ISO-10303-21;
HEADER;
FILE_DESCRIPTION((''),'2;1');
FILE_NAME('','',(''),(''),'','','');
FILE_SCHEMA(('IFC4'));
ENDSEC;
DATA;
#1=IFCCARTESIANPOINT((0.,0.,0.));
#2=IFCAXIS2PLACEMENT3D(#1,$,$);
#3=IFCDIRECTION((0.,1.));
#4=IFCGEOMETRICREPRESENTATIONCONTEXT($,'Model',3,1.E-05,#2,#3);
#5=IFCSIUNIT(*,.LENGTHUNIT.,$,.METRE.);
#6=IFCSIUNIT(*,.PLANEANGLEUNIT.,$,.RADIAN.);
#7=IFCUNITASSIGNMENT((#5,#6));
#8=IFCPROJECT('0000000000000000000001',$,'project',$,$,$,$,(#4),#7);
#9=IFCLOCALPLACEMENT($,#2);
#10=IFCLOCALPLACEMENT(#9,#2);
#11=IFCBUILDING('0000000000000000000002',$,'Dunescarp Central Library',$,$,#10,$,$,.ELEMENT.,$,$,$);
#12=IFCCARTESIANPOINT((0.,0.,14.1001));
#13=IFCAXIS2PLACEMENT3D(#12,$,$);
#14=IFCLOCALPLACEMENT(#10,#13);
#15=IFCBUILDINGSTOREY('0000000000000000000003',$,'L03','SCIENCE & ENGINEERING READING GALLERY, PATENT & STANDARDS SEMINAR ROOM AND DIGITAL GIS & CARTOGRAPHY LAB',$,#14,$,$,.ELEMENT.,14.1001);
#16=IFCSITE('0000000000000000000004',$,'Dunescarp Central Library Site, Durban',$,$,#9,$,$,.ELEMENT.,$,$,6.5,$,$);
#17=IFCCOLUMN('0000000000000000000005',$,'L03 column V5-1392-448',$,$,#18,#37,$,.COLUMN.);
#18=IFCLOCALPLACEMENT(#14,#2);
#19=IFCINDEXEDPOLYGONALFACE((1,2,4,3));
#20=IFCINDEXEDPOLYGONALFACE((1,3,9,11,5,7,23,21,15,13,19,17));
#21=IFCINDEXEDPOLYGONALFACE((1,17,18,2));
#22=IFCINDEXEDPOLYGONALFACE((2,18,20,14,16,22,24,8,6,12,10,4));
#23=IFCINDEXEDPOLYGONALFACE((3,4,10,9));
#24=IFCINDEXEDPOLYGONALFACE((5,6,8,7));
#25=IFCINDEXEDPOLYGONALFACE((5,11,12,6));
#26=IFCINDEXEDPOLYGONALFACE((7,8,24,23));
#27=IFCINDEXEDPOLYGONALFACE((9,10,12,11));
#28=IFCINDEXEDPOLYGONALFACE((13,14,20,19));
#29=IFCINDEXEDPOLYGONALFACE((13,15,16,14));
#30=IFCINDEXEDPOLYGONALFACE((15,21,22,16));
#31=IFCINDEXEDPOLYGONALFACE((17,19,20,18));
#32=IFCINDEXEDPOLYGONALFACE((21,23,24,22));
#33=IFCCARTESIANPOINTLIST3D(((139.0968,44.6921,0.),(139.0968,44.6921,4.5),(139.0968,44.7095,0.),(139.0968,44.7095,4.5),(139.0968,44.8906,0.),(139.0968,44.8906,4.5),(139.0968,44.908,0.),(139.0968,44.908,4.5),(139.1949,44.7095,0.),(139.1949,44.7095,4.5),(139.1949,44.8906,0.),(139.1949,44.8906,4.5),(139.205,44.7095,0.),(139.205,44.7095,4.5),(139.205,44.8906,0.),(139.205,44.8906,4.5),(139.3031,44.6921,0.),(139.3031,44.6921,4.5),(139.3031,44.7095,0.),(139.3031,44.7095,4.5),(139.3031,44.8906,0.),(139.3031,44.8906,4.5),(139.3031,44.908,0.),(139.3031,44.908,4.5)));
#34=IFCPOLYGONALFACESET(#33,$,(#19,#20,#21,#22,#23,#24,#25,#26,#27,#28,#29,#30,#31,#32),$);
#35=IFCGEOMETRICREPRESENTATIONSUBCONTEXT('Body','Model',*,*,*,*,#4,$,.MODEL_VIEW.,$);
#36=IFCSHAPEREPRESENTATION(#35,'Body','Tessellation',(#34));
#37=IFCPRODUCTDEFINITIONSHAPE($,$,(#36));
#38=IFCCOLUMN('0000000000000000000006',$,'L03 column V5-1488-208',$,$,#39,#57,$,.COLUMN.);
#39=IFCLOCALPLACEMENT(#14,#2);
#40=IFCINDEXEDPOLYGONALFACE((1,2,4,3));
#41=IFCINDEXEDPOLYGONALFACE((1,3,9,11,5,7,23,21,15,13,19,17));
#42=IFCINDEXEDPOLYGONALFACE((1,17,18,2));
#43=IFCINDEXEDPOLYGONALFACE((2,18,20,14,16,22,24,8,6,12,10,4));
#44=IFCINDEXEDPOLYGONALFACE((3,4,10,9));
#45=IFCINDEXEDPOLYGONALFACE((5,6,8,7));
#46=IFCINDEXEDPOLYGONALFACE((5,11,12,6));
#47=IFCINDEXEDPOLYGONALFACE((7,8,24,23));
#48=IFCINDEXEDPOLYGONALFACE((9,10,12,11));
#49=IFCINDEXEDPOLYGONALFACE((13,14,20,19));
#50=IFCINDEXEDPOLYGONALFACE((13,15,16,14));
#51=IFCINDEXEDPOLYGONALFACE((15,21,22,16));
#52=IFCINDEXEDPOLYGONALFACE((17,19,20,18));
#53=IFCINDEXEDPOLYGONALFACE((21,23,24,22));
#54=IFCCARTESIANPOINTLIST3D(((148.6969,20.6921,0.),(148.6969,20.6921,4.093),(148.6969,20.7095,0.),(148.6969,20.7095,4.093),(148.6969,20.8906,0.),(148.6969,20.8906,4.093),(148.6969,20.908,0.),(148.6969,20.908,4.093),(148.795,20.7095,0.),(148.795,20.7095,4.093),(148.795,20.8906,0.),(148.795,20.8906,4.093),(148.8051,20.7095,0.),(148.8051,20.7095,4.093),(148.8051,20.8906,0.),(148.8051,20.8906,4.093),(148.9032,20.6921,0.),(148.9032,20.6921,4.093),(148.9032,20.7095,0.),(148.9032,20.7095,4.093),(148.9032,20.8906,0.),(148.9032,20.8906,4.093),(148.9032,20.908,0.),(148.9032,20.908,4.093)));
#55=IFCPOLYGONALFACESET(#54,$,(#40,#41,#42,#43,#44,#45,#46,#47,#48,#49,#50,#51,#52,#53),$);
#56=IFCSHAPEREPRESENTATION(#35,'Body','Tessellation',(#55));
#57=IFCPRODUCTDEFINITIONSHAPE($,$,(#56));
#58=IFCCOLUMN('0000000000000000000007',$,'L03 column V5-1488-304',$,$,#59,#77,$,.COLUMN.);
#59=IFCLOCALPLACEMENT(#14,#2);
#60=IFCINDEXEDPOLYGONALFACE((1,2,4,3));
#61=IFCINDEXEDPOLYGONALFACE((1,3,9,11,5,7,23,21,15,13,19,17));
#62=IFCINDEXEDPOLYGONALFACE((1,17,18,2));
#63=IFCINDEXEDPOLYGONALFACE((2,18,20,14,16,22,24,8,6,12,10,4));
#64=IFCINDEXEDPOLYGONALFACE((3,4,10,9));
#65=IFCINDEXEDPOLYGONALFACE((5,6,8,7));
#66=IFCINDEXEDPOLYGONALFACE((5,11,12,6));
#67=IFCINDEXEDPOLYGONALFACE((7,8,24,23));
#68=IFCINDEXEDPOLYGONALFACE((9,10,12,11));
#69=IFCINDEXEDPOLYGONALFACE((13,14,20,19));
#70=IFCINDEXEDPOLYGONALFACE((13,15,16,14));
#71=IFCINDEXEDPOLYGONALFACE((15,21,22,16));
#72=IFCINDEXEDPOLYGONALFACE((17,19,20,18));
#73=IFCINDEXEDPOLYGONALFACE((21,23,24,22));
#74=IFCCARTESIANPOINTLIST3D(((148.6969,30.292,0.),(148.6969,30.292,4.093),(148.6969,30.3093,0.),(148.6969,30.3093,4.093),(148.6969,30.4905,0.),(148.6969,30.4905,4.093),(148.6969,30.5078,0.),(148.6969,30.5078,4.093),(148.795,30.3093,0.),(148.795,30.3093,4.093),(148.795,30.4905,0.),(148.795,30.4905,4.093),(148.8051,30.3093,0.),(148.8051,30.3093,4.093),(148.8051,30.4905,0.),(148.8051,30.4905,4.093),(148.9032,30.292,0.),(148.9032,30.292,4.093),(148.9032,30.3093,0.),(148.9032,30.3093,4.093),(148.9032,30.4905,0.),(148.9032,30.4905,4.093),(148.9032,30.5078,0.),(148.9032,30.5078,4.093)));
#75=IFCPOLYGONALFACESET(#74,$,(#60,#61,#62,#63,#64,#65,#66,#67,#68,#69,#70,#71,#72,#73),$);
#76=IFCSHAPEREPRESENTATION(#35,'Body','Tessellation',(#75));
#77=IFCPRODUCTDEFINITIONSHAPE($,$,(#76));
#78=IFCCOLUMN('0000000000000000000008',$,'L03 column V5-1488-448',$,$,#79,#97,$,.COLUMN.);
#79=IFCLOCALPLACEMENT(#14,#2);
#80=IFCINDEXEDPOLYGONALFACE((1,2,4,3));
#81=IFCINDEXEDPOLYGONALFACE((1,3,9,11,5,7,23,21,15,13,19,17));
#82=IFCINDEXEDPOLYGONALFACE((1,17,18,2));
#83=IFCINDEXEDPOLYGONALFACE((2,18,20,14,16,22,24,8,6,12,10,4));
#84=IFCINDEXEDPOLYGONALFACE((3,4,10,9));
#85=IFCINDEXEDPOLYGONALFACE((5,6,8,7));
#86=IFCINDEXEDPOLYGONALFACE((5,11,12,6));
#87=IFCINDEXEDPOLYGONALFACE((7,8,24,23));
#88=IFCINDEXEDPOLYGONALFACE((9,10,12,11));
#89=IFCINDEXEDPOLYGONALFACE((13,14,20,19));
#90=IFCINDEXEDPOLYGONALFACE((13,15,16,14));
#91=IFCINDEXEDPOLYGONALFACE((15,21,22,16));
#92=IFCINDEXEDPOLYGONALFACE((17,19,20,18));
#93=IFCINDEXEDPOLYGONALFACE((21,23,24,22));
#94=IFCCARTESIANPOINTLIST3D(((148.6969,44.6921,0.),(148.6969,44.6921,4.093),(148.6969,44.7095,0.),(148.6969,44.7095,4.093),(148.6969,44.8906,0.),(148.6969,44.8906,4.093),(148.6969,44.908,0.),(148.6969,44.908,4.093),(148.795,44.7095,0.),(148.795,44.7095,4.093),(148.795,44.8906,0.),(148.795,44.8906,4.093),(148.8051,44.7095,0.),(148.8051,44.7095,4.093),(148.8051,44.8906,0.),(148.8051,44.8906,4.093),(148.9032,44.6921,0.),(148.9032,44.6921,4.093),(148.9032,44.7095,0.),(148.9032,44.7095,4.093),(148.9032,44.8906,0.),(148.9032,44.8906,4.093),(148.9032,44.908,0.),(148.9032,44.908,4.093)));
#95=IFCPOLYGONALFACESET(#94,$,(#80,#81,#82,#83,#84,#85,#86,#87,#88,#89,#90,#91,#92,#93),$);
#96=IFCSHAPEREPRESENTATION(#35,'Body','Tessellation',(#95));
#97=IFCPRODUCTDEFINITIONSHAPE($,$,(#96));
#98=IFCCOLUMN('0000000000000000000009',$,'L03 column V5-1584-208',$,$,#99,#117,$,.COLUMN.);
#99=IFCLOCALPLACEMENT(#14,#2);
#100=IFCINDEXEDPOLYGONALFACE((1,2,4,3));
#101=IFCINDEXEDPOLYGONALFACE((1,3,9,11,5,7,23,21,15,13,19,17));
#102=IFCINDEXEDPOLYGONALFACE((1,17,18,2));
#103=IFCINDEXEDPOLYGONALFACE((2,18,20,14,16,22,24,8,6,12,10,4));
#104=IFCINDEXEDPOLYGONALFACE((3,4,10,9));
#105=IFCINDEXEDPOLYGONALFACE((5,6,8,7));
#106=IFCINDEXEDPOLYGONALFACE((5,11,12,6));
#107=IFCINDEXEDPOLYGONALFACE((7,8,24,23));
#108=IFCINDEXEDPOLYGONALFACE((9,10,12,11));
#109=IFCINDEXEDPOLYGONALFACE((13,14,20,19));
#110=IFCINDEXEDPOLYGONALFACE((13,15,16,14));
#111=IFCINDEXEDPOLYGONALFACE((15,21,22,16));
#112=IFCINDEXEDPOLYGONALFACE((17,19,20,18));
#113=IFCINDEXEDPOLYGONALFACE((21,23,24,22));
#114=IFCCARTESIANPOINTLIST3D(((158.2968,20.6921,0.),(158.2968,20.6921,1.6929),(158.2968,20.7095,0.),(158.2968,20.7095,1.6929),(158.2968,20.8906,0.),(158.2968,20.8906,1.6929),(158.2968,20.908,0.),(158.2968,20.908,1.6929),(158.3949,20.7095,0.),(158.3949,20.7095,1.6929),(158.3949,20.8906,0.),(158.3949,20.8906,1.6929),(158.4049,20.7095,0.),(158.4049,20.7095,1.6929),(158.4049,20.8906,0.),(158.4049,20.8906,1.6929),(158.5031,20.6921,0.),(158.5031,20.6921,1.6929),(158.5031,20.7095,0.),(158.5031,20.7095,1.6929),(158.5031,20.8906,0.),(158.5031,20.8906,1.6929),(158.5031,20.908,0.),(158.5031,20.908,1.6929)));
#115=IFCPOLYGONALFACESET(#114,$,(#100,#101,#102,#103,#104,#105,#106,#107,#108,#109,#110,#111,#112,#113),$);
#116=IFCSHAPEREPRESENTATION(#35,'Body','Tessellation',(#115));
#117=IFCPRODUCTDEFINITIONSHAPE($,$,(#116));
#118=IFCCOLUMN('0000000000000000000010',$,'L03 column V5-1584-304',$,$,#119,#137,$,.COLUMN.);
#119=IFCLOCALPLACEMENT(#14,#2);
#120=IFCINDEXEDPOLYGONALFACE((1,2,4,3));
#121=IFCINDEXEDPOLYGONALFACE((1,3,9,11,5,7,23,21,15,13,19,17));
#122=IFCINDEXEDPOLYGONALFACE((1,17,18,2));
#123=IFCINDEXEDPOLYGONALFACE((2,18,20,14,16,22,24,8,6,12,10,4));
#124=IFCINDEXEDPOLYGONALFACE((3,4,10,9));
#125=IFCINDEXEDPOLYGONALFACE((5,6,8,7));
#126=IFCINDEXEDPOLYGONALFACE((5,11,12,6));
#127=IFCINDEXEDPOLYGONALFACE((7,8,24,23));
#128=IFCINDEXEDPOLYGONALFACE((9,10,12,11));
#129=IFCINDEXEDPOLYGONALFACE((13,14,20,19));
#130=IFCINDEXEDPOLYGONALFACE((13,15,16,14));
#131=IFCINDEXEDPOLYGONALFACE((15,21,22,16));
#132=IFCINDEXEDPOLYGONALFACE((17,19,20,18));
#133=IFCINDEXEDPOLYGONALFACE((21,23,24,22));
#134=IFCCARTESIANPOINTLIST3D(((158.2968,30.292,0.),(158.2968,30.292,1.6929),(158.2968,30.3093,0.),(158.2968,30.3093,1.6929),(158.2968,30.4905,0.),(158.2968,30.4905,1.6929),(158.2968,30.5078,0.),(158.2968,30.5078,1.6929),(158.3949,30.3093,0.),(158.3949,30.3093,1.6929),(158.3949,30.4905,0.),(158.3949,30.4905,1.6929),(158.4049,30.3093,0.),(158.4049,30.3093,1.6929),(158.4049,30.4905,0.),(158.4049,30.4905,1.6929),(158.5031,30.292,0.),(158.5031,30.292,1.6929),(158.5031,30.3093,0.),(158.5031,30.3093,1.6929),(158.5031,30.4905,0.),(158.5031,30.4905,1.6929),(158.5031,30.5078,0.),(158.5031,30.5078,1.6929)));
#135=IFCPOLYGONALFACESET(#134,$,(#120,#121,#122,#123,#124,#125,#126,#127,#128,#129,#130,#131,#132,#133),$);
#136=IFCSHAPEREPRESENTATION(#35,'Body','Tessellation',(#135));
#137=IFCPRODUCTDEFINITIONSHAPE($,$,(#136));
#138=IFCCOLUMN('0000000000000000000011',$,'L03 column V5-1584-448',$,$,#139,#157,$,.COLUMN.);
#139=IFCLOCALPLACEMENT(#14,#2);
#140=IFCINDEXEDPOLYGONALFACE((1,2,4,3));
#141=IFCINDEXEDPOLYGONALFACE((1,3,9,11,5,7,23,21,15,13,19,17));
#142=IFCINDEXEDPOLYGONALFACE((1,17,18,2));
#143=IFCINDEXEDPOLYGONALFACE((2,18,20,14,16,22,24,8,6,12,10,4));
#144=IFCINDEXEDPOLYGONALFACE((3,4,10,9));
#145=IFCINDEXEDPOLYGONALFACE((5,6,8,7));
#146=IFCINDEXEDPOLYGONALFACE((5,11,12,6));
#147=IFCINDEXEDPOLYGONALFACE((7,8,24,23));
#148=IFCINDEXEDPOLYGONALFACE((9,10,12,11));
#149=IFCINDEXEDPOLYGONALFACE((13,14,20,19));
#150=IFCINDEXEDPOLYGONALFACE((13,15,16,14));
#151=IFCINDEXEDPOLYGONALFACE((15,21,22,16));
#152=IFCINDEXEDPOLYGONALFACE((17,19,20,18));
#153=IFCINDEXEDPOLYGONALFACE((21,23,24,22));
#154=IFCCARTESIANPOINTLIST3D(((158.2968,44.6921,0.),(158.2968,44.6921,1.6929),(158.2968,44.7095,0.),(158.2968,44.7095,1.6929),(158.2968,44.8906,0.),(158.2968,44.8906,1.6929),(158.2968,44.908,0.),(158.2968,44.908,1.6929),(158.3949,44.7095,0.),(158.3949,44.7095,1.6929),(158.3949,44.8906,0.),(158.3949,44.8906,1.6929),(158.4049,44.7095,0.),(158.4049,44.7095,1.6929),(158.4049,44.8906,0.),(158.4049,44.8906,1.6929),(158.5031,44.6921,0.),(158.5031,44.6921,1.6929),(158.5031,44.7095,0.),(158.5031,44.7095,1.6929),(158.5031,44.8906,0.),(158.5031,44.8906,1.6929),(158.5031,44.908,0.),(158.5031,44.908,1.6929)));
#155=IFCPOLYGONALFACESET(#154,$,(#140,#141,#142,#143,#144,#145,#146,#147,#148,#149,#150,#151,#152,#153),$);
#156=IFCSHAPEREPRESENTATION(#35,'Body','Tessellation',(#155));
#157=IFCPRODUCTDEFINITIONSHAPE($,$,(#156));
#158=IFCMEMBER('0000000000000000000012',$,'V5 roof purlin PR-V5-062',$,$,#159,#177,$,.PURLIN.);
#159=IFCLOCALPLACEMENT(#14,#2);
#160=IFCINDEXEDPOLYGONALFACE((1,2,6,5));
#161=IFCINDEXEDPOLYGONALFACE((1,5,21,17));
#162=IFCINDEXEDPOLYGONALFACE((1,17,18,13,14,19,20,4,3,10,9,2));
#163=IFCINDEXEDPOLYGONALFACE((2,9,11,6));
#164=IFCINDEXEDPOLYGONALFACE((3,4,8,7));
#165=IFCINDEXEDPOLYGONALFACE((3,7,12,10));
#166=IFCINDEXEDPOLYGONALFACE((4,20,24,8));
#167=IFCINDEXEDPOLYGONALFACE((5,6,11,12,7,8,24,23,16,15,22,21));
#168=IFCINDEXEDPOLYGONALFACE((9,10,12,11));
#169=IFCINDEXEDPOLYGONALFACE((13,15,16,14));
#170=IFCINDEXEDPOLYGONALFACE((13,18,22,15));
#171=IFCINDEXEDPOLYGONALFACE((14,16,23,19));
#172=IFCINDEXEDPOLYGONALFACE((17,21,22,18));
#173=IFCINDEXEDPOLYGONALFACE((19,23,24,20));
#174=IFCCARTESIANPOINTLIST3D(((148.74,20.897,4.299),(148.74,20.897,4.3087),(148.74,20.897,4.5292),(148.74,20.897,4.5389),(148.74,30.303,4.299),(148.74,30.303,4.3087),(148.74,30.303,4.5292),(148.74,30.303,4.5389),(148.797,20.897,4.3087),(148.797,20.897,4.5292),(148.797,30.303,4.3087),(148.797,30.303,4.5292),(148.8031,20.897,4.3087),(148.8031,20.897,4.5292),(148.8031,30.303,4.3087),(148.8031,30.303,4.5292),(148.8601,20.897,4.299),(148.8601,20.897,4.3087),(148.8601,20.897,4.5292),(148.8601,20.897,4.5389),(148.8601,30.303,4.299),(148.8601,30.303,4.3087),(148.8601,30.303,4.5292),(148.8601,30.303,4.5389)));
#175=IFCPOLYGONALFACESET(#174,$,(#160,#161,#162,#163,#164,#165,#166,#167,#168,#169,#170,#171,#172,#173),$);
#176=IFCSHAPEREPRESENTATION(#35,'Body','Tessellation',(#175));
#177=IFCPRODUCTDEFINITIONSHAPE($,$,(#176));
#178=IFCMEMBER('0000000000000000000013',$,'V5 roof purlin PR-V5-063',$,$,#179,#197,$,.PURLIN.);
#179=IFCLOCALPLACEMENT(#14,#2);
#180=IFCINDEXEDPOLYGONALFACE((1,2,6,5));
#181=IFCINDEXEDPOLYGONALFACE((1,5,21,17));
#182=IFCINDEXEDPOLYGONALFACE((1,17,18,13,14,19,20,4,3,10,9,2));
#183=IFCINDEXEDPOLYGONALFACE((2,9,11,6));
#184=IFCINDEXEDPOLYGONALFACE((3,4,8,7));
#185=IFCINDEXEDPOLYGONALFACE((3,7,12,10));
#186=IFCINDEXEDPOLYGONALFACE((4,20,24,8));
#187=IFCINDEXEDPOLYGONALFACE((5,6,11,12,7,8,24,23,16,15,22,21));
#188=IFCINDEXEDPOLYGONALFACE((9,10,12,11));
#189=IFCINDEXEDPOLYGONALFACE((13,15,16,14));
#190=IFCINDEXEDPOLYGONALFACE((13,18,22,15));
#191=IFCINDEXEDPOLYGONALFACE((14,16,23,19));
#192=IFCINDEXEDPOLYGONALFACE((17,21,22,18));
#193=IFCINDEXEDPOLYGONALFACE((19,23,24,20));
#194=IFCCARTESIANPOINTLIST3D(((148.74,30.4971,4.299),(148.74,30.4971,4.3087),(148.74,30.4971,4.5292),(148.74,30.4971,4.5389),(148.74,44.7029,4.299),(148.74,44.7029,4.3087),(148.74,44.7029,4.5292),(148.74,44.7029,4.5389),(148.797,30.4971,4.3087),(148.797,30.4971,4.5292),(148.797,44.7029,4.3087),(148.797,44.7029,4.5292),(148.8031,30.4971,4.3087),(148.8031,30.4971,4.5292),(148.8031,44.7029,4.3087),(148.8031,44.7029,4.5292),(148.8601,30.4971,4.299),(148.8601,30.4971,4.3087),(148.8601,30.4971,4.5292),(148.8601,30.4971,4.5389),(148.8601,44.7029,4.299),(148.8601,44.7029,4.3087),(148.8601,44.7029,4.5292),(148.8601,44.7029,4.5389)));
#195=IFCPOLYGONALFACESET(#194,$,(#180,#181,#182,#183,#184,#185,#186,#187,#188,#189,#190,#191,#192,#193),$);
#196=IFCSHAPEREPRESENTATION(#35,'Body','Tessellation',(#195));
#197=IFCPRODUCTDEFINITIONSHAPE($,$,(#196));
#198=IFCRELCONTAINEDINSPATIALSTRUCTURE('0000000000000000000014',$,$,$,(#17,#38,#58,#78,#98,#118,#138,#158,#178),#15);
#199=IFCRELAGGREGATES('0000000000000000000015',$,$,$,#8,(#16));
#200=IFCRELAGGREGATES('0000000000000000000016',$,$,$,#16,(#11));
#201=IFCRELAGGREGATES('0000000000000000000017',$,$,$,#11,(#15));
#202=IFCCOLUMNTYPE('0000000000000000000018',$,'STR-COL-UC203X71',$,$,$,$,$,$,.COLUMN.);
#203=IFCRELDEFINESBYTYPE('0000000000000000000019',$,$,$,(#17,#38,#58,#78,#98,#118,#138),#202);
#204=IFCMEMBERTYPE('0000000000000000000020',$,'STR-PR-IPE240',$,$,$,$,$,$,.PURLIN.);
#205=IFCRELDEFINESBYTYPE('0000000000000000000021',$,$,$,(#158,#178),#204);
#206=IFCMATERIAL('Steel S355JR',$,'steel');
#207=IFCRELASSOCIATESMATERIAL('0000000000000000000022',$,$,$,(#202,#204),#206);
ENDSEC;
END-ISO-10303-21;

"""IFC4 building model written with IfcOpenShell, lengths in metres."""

from ifc_helpers import new_model, si_unit, direction, frame, origin, origin_2d, place, context, subcontext, project, spatial, i_section, extrude, material, material_profile, profile_set, type_object, element, save


model = new_model("IFC4")

# Units and contexts
model_context = context("Model", 3, precision=1e-05, world=origin(), true_north=direction((0.0, 1.0)))
body_context = subcontext(model_context, "Body", "Model", "MODEL_VIEW")
ifc_project = project(units=[si_unit("LENGTHUNIT", "METRE"), si_unit("PLANEANGLEUNIT", "RADIAN")], contexts=[model_context])

# Site, building, storey
site_placement = place(None, origin())
site = spatial("IfcSite", under=ifc_project, at=site_placement, Name="Dunescarp Central Library Site, Durban", CompositionType="ELEMENT", RefElevation=6.5)
building_placement = place(site_placement, origin())
building = spatial("IfcBuilding", under=site, at=building_placement, Name="Dunescarp Central Library", CompositionType="ELEMENT")
storey_placement = place(building_placement, frame((0.0, 0.0, 14.1001)))
storey = spatial("IfcBuildingStorey", under=building, at=storey_placement, Name="L03", Description="SCIENCE & ENGINEERING READING GALLERY, PATENT & STANDARDS SEMINAR ROOM AND DIGITAL GIS & CARTOGRAPHY LAB", CompositionType="ELEMENT", Elevation=14.1001)

# Columns
ifc_material = material(Name="Steel S355JR", Category="steel")
ifc_material_profile_1 = material_profile(ifc_material, i_section(OverallWidth=0.2063, OverallDepth=0.2158, WebThickness=0.01, FlangeThickness=0.0173, at=origin_2d()), Name="UC 203x203x71")
ifc_profile_set_1 = profile_set([ifc_material_profile_1], Name="Steel S355JR")
column_type = type_object("IfcColumnType", Name="STR-COL-UC203X71", PredefinedType="COLUMN", material=ifc_profile_set_1)
column_placement = place(storey_placement, frame((139.2, 44.8, 0.0), z_axis=(0.0, 0.0, 1.0), x_axis=(1.0, 0.0, 0.0)))
element("IfcColumn", 1, at=column_placement, inside=storey, type_object=column_type, Name="L03 column V5-1392-448", PredefinedType="COLUMN", context=body_context, shape_type="SweptSolid", body=[
    extrude(i_section(OverallWidth=0.2063, OverallDepth=0.2158, WebThickness=0.01, FlangeThickness=0.0173, at=origin_2d()), origin(), (0.0, 0.0, 1.0), 4.5),
])
for number, where, z_axis, x_axis, name in (
    (2, (148.8, 20.8, 0.0), (0.0, 0.0, 1.0), (1.0, 0.0, 0.0), "L03 column V5-1488-208"),
    (3, (148.8, 30.3999, 0.0), (0.0, 0.0, 1.0), (1.0, 0.0, 0.0), "L03 column V5-1488-304"),
    (4, (148.8, 44.8, 0.0), (0.0, 0.0, 1.0), (1.0, 0.0, 0.0), "L03 column V5-1488-448"),
):
    element("IfcColumn", number, at=place(storey_placement, frame(where, z_axis=z_axis, x_axis=x_axis)), inside=storey, type_object=column_type, Name=name, PredefinedType="COLUMN", context=body_context, shape_type="SweptSolid", body=[
        extrude(i_section(OverallWidth=0.2063, OverallDepth=0.2158, WebThickness=0.01, FlangeThickness=0.0173, at=origin_2d()), origin(), (0.0, 0.0, 1.0), 4.093),
    ])
for number, where, z_axis, x_axis, name in (
    (5, (158.3999, 20.8, 0.0), (0.0, 0.0, 1.0), (1.0, 0.0, 0.0), "L03 column V5-1584-208"),
    (6, (158.3999, 30.3999, 0.0), (0.0, 0.0, 1.0), (1.0, 0.0, 0.0), "L03 column V5-1584-304"),
    (7, (158.3999, 44.8, 0.0), (0.0, 0.0, 1.0), (1.0, 0.0, 0.0), "L03 column V5-1584-448"),
):
    element("IfcColumn", number, at=place(storey_placement, frame(where, z_axis=z_axis, x_axis=x_axis)), inside=storey, type_object=column_type, Name=name, PredefinedType="COLUMN", context=body_context, shape_type="SweptSolid", body=[
        extrude(i_section(OverallWidth=0.2063, OverallDepth=0.2158, WebThickness=0.01, FlangeThickness=0.0173, at=origin_2d()), origin(), (0.0, 0.0, 1.0), 1.6929),
    ])

# Members
ifc_material_profile_2 = material_profile(ifc_material, i_section(OverallWidth=0.1201, OverallDepth=0.24, WebThickness=0.0061, FlangeThickness=0.0098, at=origin_2d()), Name="IPE 240")
ifc_profile_set_2 = profile_set([ifc_material_profile_2], Name="Steel S355JR")
member_type_1 = type_object("IfcMemberType", Name="STR-PR-IPE240", PredefinedType="PURLIN", material=ifc_profile_set_2)
member_1_placement = place(storey_placement, frame((148.8, 20.897, 4.4189), z_axis=(0.0, 1.0, 0.0), x_axis=(-1.0, 0.0, 0.0)))
element("IfcMember", 8, at=member_1_placement, inside=storey, type_object=member_type_1, Name="V5 roof purlin PR-V5-062", PredefinedType="PURLIN", context=body_context, shape_type="SweptSolid", body=[
    extrude(i_section(OverallWidth=0.1201, OverallDepth=0.24, WebThickness=0.0061, FlangeThickness=0.0098, at=origin_2d()), origin(), (0.0, 0.0, 1.0), 9.406),
])
member_2_placement = place(storey_placement, frame((148.8, 30.4971, 4.4189), z_axis=(0.0, 1.0, 0.0), x_axis=(-1.0, 0.0, 0.0)))
element("IfcMember", 9, at=member_2_placement, inside=storey, type_object=member_type_1, Name="V5 roof purlin PR-V5-063", PredefinedType="PURLIN", context=body_context, shape_type="SweptSolid", body=[
    extrude(i_section(OverallWidth=0.1201, OverallDepth=0.24, WebThickness=0.0061, FlangeThickness=0.0098, at=origin_2d()), origin(), (0.0, 0.0, 1.0), 14.2058),
])

save(model, "model.ifc")
